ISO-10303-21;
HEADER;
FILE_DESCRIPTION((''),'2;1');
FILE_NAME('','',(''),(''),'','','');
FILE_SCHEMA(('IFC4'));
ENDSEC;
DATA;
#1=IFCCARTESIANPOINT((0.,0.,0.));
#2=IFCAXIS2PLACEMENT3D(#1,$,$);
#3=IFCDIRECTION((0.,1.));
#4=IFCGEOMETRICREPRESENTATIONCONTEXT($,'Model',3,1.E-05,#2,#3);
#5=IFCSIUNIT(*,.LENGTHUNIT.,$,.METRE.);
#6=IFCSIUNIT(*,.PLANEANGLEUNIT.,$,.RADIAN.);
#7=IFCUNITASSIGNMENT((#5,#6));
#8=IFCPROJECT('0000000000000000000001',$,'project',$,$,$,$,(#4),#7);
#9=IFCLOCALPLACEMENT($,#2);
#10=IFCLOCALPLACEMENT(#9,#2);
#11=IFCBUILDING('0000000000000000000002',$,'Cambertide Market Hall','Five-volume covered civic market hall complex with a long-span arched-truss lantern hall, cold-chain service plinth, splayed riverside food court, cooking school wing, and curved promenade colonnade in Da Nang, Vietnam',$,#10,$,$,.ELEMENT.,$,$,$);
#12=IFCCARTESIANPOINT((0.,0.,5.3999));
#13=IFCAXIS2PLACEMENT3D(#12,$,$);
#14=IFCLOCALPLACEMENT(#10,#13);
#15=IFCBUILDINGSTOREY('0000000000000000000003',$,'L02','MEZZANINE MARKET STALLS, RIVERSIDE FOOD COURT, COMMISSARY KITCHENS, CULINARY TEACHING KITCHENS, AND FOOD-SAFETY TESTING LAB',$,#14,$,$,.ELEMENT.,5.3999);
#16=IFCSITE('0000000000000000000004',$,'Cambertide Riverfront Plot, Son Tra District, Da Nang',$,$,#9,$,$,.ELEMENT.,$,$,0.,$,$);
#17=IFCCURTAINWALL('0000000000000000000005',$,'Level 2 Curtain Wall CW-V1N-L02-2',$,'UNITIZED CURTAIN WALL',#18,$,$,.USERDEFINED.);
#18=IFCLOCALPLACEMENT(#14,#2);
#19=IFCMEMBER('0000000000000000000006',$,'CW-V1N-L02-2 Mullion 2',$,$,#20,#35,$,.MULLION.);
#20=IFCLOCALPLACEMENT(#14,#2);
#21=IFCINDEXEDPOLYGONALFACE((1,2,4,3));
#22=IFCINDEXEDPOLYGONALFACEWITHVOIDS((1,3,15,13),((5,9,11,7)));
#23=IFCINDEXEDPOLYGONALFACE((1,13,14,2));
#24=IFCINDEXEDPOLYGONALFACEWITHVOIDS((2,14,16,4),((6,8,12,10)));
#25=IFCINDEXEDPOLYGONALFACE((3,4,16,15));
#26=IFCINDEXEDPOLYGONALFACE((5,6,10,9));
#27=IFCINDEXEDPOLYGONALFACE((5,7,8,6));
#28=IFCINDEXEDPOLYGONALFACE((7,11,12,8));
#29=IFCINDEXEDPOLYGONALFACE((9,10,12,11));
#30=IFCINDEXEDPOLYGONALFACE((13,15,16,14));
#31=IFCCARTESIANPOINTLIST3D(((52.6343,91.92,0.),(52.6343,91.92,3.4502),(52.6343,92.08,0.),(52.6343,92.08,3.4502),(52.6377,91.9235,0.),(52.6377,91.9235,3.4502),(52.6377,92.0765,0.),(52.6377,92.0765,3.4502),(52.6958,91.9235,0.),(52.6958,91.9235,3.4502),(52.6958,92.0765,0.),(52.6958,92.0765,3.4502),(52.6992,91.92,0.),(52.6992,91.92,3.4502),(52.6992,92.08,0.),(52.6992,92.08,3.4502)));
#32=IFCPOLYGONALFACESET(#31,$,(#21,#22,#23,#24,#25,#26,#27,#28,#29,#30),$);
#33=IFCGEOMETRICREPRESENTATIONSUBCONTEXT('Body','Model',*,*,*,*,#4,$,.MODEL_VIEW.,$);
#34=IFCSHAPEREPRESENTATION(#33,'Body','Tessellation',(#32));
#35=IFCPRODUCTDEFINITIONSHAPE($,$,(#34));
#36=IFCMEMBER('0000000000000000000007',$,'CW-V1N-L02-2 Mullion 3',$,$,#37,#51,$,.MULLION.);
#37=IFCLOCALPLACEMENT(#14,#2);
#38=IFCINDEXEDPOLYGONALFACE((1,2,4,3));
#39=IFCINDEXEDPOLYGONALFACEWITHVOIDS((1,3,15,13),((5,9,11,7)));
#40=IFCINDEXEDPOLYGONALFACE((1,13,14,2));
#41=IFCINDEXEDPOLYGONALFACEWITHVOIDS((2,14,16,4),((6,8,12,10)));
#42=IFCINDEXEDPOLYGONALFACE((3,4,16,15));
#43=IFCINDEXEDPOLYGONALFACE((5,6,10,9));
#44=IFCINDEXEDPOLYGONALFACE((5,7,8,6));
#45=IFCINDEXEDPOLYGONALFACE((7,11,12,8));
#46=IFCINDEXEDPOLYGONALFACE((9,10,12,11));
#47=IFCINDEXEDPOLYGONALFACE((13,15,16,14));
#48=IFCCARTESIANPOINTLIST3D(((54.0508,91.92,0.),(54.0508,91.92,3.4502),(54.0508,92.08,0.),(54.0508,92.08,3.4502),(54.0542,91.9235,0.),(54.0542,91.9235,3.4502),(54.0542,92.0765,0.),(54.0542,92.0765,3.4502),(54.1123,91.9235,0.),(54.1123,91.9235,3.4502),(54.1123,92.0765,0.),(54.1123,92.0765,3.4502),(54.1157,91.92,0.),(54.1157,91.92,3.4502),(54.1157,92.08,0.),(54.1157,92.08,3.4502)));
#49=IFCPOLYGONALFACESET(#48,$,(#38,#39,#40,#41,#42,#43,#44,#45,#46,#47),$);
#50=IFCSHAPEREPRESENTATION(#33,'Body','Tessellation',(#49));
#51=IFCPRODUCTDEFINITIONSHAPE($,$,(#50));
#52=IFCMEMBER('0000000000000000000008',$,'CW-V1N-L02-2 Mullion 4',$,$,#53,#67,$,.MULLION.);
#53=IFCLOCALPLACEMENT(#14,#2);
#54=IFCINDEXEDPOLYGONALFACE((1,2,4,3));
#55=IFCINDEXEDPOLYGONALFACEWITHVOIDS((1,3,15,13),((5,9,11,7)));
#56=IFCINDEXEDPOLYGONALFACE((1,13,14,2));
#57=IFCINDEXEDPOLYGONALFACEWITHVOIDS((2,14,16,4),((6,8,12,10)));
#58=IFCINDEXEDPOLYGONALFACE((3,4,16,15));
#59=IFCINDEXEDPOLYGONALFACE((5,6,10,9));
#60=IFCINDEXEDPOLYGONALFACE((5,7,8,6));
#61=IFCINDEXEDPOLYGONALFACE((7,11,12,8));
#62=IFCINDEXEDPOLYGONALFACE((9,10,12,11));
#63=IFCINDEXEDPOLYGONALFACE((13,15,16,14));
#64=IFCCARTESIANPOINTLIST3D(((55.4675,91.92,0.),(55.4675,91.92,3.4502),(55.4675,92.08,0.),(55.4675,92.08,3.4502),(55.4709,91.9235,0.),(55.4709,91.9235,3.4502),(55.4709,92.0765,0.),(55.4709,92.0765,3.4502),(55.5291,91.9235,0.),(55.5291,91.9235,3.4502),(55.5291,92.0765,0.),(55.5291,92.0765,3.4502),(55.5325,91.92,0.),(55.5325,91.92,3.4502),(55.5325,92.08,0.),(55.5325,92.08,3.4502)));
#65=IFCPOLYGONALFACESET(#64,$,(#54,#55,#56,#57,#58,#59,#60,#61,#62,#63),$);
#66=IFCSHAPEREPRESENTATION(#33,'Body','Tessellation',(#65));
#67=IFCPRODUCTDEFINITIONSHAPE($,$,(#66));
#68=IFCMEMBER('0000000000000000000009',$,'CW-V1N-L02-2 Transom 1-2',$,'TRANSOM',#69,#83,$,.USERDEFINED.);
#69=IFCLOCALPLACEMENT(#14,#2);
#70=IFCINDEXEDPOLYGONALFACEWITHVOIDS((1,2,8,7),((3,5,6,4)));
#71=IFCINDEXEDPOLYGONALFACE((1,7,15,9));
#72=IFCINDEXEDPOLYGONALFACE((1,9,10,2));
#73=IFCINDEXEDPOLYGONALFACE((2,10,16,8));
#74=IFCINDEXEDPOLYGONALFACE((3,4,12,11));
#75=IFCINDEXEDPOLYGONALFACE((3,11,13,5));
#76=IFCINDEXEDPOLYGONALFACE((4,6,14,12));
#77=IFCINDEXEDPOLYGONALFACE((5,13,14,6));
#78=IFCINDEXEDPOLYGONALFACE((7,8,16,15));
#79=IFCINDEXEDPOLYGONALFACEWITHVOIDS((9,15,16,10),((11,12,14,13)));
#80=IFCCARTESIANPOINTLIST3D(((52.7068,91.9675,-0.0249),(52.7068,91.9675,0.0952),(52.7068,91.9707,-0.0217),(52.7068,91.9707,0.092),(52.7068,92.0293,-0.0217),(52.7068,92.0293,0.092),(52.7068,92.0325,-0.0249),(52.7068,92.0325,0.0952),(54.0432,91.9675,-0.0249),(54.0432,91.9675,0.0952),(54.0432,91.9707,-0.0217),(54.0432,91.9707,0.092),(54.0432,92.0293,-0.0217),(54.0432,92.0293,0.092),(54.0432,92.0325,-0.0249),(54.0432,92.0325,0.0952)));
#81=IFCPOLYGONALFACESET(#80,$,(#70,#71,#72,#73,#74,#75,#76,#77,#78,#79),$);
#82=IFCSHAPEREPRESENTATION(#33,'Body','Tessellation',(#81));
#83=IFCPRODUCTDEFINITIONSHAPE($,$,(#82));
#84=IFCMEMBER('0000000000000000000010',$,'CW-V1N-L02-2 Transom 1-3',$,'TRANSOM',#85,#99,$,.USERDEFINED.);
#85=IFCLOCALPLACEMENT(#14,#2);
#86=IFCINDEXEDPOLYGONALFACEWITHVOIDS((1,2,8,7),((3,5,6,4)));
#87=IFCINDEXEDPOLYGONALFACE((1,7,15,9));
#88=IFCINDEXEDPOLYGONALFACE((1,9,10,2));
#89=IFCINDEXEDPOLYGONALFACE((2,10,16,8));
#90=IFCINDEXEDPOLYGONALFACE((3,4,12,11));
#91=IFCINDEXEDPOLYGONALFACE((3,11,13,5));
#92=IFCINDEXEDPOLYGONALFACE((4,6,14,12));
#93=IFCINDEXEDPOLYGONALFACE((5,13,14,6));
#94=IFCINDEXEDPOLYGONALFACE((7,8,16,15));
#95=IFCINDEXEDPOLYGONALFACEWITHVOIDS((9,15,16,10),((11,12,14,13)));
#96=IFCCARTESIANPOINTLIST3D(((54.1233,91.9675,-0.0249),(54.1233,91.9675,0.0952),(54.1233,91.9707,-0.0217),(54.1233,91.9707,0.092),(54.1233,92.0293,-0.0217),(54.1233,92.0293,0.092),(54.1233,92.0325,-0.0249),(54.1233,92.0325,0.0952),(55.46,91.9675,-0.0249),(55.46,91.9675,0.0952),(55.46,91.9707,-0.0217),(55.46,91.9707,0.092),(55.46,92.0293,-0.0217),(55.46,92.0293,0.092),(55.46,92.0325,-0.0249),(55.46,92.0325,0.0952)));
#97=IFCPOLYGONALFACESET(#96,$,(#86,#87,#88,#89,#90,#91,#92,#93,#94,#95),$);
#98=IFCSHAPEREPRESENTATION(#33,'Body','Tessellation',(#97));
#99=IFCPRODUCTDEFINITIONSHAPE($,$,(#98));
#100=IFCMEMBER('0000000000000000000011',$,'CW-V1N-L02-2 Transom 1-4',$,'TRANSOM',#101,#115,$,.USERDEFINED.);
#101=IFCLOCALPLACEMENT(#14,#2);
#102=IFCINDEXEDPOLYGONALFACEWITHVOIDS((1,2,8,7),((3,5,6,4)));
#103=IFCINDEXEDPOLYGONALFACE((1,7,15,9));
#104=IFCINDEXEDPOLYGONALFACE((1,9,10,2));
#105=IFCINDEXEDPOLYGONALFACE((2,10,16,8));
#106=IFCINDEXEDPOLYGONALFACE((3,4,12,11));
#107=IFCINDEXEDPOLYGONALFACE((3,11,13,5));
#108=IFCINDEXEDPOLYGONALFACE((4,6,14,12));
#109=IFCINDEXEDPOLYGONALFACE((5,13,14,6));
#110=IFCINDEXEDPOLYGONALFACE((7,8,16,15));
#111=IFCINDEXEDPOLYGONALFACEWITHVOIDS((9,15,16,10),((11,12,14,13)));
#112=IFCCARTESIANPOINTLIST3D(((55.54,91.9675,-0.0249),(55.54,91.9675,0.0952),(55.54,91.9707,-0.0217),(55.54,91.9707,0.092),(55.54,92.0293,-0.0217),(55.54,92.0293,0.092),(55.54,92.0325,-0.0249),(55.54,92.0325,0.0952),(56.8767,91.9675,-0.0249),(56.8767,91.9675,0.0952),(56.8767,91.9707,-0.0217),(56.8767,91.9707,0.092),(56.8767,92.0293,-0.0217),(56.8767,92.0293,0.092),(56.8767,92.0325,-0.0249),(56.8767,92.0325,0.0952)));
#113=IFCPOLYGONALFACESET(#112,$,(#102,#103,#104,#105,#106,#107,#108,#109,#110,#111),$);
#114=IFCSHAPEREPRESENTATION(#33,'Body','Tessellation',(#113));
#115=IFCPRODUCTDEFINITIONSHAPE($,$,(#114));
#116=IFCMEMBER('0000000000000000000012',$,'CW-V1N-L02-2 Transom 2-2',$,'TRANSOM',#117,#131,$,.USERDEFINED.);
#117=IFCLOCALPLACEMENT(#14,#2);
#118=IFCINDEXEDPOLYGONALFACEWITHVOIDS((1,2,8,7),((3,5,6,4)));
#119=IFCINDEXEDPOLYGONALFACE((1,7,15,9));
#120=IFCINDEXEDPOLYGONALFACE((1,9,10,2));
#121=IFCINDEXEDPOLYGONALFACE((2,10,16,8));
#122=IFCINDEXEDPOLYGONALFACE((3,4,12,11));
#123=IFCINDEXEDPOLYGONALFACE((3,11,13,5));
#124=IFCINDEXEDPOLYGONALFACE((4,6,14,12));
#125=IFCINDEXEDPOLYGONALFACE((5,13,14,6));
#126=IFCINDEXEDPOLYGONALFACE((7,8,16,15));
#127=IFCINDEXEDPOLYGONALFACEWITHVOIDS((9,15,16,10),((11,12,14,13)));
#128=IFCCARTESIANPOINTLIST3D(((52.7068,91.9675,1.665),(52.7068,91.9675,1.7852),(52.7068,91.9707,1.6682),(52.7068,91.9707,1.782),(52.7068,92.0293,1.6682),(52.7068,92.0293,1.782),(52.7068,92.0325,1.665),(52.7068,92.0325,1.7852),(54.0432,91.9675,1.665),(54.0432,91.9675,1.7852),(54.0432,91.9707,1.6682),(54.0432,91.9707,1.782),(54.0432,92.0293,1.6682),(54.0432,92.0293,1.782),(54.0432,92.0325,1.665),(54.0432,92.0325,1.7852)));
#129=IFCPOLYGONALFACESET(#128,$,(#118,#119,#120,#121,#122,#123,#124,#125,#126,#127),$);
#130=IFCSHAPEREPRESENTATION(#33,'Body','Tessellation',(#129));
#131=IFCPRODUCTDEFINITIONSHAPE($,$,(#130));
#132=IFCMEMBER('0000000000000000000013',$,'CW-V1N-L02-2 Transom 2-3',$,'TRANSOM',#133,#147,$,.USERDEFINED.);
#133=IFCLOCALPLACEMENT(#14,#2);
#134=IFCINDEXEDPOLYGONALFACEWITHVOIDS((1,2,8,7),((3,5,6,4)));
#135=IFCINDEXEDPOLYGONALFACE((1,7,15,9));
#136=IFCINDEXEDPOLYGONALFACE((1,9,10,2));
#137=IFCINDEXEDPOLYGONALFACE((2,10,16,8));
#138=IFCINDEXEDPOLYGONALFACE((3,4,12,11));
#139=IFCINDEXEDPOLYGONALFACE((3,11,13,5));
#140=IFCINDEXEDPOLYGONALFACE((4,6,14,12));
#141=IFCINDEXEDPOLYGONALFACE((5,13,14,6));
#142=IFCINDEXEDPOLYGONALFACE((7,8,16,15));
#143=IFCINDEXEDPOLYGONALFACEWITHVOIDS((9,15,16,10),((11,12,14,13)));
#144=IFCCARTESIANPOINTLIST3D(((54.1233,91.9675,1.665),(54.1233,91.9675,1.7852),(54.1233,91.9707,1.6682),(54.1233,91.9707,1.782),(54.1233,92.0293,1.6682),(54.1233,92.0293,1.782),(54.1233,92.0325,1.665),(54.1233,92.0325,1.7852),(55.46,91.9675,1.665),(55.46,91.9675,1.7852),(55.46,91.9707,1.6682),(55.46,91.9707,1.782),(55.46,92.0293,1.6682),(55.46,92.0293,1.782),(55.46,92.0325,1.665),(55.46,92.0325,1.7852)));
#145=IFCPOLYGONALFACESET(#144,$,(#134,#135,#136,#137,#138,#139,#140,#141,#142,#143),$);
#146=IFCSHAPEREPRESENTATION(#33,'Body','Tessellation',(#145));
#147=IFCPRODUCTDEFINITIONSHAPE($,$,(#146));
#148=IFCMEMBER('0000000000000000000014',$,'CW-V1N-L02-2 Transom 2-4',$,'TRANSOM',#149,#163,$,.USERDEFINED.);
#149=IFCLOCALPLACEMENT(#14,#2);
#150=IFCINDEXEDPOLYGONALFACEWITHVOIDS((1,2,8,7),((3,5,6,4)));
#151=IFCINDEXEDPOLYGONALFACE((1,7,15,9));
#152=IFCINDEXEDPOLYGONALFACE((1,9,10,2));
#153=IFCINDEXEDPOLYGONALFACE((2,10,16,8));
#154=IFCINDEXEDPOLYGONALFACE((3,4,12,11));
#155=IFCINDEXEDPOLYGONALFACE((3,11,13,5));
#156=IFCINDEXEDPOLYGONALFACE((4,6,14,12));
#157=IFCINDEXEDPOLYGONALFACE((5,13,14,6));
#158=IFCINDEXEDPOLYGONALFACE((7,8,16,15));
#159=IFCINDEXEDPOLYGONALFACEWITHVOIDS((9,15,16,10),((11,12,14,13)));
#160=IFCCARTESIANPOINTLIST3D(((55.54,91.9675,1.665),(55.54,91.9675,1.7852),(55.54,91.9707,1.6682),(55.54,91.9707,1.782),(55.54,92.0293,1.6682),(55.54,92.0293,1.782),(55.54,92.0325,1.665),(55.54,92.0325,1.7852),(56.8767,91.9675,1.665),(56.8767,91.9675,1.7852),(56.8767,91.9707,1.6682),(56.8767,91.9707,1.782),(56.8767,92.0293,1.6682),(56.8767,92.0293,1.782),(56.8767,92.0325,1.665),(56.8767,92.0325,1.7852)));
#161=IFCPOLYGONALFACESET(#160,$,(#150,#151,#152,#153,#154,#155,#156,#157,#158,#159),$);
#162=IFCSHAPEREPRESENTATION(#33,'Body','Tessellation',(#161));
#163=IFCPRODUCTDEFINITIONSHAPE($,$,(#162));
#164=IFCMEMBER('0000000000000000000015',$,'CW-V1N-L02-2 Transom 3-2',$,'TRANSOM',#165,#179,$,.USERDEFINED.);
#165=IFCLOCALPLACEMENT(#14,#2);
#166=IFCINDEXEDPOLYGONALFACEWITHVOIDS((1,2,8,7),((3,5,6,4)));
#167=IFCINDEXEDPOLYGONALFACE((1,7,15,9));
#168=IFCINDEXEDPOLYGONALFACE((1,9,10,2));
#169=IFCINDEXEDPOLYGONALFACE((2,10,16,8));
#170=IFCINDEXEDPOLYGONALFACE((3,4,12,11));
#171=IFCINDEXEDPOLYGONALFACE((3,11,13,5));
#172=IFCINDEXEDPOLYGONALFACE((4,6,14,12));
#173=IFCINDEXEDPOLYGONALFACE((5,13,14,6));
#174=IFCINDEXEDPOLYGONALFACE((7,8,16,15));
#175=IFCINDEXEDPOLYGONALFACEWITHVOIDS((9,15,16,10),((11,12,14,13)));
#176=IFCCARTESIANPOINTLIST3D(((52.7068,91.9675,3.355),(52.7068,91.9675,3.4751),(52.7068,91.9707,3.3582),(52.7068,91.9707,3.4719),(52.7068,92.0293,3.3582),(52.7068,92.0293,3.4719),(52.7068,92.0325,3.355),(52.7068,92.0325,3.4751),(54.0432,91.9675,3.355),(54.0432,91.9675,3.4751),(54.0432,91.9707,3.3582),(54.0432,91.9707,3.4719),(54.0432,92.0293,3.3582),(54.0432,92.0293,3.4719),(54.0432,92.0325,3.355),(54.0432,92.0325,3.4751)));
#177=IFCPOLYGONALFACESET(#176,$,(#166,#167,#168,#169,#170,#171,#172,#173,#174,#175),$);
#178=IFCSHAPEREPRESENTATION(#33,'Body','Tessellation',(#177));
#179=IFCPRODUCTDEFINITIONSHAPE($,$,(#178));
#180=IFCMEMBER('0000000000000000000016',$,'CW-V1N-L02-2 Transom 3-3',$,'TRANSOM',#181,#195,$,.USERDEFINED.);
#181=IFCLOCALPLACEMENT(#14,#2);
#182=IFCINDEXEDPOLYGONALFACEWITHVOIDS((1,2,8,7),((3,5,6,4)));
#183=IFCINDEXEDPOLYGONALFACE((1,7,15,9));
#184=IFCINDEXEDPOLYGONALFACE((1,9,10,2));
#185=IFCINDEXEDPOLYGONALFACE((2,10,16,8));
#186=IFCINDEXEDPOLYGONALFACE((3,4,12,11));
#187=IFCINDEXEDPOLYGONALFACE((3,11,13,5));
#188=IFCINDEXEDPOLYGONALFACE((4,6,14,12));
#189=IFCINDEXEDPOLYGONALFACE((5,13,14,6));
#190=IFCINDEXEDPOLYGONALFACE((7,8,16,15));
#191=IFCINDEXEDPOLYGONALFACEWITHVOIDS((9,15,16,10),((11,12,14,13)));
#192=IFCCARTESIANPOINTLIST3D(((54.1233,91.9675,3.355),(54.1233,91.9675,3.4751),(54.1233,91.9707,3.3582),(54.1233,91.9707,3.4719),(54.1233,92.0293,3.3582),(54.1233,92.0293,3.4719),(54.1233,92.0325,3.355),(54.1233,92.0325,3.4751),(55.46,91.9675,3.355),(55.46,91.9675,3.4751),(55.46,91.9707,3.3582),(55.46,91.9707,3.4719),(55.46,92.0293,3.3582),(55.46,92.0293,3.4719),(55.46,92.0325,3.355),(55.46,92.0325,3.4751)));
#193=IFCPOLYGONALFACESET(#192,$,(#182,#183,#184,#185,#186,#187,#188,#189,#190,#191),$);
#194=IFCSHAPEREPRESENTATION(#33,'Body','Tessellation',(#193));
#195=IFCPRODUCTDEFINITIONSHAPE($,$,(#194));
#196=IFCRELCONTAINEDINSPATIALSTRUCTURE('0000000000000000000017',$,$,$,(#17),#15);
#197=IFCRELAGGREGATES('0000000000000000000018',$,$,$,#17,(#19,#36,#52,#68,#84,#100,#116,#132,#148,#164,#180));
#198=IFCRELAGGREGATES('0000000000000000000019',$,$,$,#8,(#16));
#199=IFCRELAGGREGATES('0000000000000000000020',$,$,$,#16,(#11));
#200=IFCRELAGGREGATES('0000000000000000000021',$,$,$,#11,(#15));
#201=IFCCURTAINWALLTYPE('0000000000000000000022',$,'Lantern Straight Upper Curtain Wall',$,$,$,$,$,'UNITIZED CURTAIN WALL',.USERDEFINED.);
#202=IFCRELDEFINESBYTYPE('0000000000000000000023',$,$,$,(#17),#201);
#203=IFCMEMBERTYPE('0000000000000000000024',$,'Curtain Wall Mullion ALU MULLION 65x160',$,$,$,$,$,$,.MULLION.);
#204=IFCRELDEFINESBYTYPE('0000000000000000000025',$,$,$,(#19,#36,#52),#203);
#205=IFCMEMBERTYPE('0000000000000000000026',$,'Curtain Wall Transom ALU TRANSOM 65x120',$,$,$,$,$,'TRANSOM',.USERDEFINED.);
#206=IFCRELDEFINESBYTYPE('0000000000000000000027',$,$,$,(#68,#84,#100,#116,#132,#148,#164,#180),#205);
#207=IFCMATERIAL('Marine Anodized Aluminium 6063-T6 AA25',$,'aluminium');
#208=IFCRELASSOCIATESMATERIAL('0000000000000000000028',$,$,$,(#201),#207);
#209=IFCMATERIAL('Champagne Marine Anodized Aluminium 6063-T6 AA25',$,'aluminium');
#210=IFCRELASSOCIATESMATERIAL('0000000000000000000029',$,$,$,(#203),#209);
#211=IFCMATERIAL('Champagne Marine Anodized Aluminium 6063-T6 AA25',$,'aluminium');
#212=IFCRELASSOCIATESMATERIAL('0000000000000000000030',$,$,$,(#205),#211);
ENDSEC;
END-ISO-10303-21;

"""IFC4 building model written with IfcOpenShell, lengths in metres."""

from ifc_helpers import new_model, si_unit, direction, frame, origin, origin_2d, place, context, subcontext, project, spatial, hollow_rectangle, extrude, material, material_profile, profile_set, type_object, element, aggregate, save


model = new_model("IFC4")

# Units and contexts
model_context = context("Model", 3, precision=1e-05, world=origin(), true_north=direction((0.0, 1.0)))
body_context = subcontext(model_context, "Body", "Model", "MODEL_VIEW")
ifc_project = project(units=[si_unit("LENGTHUNIT", "METRE"), si_unit("PLANEANGLEUNIT", "RADIAN")], contexts=[model_context])

# Site, building, storey
site_placement = place(None, origin())
site = spatial("IfcSite", under=ifc_project, at=site_placement, Name="Cambertide Riverfront Plot, Son Tra District, Da Nang", CompositionType="ELEMENT", RefElevation=0.0)
building_placement = place(site_placement, origin())
building = spatial("IfcBuilding", under=site, at=building_placement, Name="Cambertide Market Hall", Description="Five-volume covered civic market hall complex with a long-span arched-truss lantern hall, cold-chain service plinth, splayed riverside food court, cooking school wing, and curved promenade colonnade in Da Nang, Vietnam", CompositionType="ELEMENT")
storey_placement = place(building_placement, frame((0.0, 0.0, 5.3999)))
storey = spatial("IfcBuildingStorey", under=building, at=storey_placement, Name="L02", Description="MEZZANINE MARKET STALLS, RIVERSIDE FOOD COURT, COMMISSARY KITCHENS, CULINARY TEACHING KITCHENS, AND FOOD-SAFETY TESTING LAB", CompositionType="ELEMENT", Elevation=5.3999)

# Curtain wall, members
ifc_material_1 = material(Name="Marine Anodized Aluminium 6063-T6 AA25", Category="aluminium")
curtain_wall_type = type_object("IfcCurtainWallType", Name="Lantern Straight Upper Curtain Wall", ElementType="UNITIZED CURTAIN WALL", PredefinedType="USERDEFINED", material=ifc_material_1)
curtain_wall_placement = place(storey_placement, origin())
curtain_wall = element("IfcCurtainWall", 1, at=curtain_wall_placement, inside=storey, type_object=curtain_wall_type, Name="Level 2 Curtain Wall CW-V1N-L02-2", ObjectType="UNITIZED CURTAIN WALL", PredefinedType="USERDEFINED")
ifc_material_2 = material(Name="Champagne Marine Anodized Aluminium 6063-T6 AA25", Category="aluminium")
ifc_material_profile_1 = material_profile(ifc_material_2, hollow_rectangle(XDim=0.0649, YDim=0.1599, WallThickness=0.0034, at=origin_2d()), Name="ALU MULLION 65x160")
ifc_profile_set_1 = profile_set([ifc_material_profile_1], Name="Champagne Marine Anodized Aluminium 6063-T6 AA25")
member_type_1 = type_object("IfcMemberType", Name="Curtain Wall Mullion ALU MULLION 65x160", PredefinedType="MULLION", material=ifc_profile_set_1)
member_1_placement = place(storey_placement, frame((52.6667, 92.0, 0.0), z_axis=(0.0, 0.0, 1.0), x_axis=(1.0, 0.0, 0.0)))
member_1 = element("IfcMember", 2, at=member_1_placement, type_object=member_type_1, Name="CW-V1N-L02-2 Mullion 2", PredefinedType="MULLION", context=body_context, shape_type="SweptSolid", body=[
    extrude(hollow_rectangle(XDim=0.0649, YDim=0.1599, WallThickness=0.0034, at=origin_2d()), origin(), (0.0, 0.0, 1.0), 3.4502),
])
member_2_placement = place(storey_placement, frame((54.0833, 92.0, 0.0), z_axis=(0.0, 0.0, 1.0), x_axis=(1.0, 0.0, 0.0)))
member_2 = element("IfcMember", 3, at=member_2_placement, type_object=member_type_1, Name="CW-V1N-L02-2 Mullion 3", PredefinedType="MULLION", context=body_context, shape_type="SweptSolid", body=[
    extrude(hollow_rectangle(XDim=0.0649, YDim=0.1599, WallThickness=0.0034, at=origin_2d()), origin(), (0.0, 0.0, 1.0), 3.4502),
])
member_3_placement = place(storey_placement, frame((55.5, 92.0, 0.0), z_axis=(0.0, 0.0, 1.0), x_axis=(1.0, 0.0, 0.0)))
member_3 = element("IfcMember", 4, at=member_3_placement, type_object=member_type_1, Name="CW-V1N-L02-2 Mullion 4", PredefinedType="MULLION", context=body_context, shape_type="SweptSolid", body=[
    extrude(hollow_rectangle(XDim=0.0649, YDim=0.1599, WallThickness=0.0034, at=origin_2d()), origin(), (0.0, 0.0, 1.0), 3.4502),
])
ifc_material_3 = material(Name="Champagne Marine Anodized Aluminium 6063-T6 AA25", Category="aluminium")
ifc_material_profile_2 = material_profile(ifc_material_3, hollow_rectangle(XDim=0.0649, YDim=0.1201, WallThickness=0.0032, at=origin_2d()), Name="ALU TRANSOM 65x120")
ifc_profile_set_2 = profile_set([ifc_material_profile_2], Name="Champagne Marine Anodized Aluminium 6063-T6 AA25")
member_type_2 = type_object("IfcMemberType", Name="Curtain Wall Transom ALU TRANSOM 65x120", ElementType="TRANSOM", PredefinedType="USERDEFINED", material=ifc_profile_set_2)
member_4_placement = place(storey_placement, frame((52.7068, 92.0, 0.0352), z_axis=(1.0, 0.0, 0.0), x_axis=(0.0, 1.0, 0.0)))
member_4 = element("IfcMember", 5, at=member_4_placement, type_object=member_type_2, Name="CW-V1N-L02-2 Transom 1-2", ObjectType="TRANSOM", PredefinedType="USERDEFINED", context=body_context, shape_type="SweptSolid", body=[
    extrude(hollow_rectangle(XDim=0.0649, YDim=0.1201, WallThickness=0.0032, at=origin_2d()), origin(), (0.0, 0.0, 1.0), 1.3364),
])
member_5_placement = place(storey_placement, frame((54.1233, 92.0, 0.0352), z_axis=(1.0, 0.0, 0.0), x_axis=(0.0, 1.0, 0.0)))
member_5 = element("IfcMember", 6, at=member_5_placement, type_object=member_type_2, Name="CW-V1N-L02-2 Transom 1-3", ObjectType="TRANSOM", PredefinedType="USERDEFINED", context=body_context, shape_type="SweptSolid", body=[
    extrude(hollow_rectangle(XDim=0.0649, YDim=0.1201, WallThickness=0.0032, at=origin_2d()), origin(), (0.0, 0.0, 1.0), 1.3367),
])
member_6_placement = place(storey_placement, frame((55.54, 92.0, 0.0352), z_axis=(1.0, 0.0, 0.0), x_axis=(0.0, 1.0, 0.0)))
member_6 = element("IfcMember", 7, at=member_6_placement, type_object=member_type_2, Name="CW-V1N-L02-2 Transom 1-4", ObjectType="TRANSOM", PredefinedType="USERDEFINED", context=body_context, shape_type="SweptSolid", body=[
    extrude(hollow_rectangle(XDim=0.0649, YDim=0.1201, WallThickness=0.0032, at=origin_2d()), origin(), (0.0, 0.0, 1.0), 1.3367),
])
member_7_placement = place(storey_placement, frame((52.7068, 92.0, 1.7251), z_axis=(1.0, 0.0, 0.0), x_axis=(0.0, 1.0, 0.0)))
member_7 = element("IfcMember", 8, at=member_7_placement, type_object=member_type_2, Name="CW-V1N-L02-2 Transom 2-2", ObjectType="TRANSOM", PredefinedType="USERDEFINED", context=body_context, shape_type="SweptSolid", body=[
    extrude(hollow_rectangle(XDim=0.0649, YDim=0.1201, WallThickness=0.0032, at=origin_2d()), origin(), (0.0, 0.0, 1.0), 1.3364),
])
member_8_placement = place(storey_placement, frame((54.1233, 92.0, 1.7251), z_axis=(1.0, 0.0, 0.0), x_axis=(0.0, 1.0, 0.0)))
member_8 = element("IfcMember", 9, at=member_8_placement, type_object=member_type_2, Name="CW-V1N-L02-2 Transom 2-3", ObjectType="TRANSOM", PredefinedType="USERDEFINED", context=body_context, shape_type="SweptSolid", body=[
    extrude(hollow_rectangle(XDim=0.0649, YDim=0.1201, WallThickness=0.0032, at=origin_2d()), origin(), (0.0, 0.0, 1.0), 1.3367),
])
member_9_placement = place(storey_placement, frame((55.54, 92.0, 1.7251), z_axis=(1.0, 0.0, 0.0), x_axis=(0.0, 1.0, 0.0)))
member_9 = element("IfcMember", 10, at=member_9_placement, type_object=member_type_2, Name="CW-V1N-L02-2 Transom 2-4", ObjectType="TRANSOM", PredefinedType="USERDEFINED", context=body_context, shape_type="SweptSolid", body=[
    extrude(hollow_rectangle(XDim=0.0649, YDim=0.1201, WallThickness=0.0032, at=origin_2d()), origin(), (0.0, 0.0, 1.0), 1.3367),
])
member_10_placement = place(storey_placement, frame((52.7068, 92.0, 3.415), z_axis=(1.0, 0.0, 0.0), x_axis=(0.0, 1.0, 0.0)))
member_10 = element("IfcMember", 11, at=member_10_placement, type_object=member_type_2, Name="CW-V1N-L02-2 Transom 3-2", ObjectType="TRANSOM", PredefinedType="USERDEFINED", context=body_context, shape_type="SweptSolid", body=[
    extrude(hollow_rectangle(XDim=0.0649, YDim=0.1201, WallThickness=0.0032, at=origin_2d()), origin(), (0.0, 0.0, 1.0), 1.3364),
])
member_11_placement = place(storey_placement, frame((54.1233, 92.0, 3.415), z_axis=(1.0, 0.0, 0.0), x_axis=(0.0, 1.0, 0.0)))
member_11 = element("IfcMember", 12, at=member_11_placement, type_object=member_type_2, Name="CW-V1N-L02-2 Transom 3-3", ObjectType="TRANSOM", PredefinedType="USERDEFINED", context=body_context, shape_type="SweptSolid", body=[
    extrude(hollow_rectangle(XDim=0.0649, YDim=0.1201, WallThickness=0.0032, at=origin_2d()), origin(), (0.0, 0.0, 1.0), 1.3367),
])
aggregate(curtain_wall, [member_1, member_2, member_3, member_4, member_5, member_6, member_7, member_8, member_9, member_10, member_11])

save(model, "model.ifc")
